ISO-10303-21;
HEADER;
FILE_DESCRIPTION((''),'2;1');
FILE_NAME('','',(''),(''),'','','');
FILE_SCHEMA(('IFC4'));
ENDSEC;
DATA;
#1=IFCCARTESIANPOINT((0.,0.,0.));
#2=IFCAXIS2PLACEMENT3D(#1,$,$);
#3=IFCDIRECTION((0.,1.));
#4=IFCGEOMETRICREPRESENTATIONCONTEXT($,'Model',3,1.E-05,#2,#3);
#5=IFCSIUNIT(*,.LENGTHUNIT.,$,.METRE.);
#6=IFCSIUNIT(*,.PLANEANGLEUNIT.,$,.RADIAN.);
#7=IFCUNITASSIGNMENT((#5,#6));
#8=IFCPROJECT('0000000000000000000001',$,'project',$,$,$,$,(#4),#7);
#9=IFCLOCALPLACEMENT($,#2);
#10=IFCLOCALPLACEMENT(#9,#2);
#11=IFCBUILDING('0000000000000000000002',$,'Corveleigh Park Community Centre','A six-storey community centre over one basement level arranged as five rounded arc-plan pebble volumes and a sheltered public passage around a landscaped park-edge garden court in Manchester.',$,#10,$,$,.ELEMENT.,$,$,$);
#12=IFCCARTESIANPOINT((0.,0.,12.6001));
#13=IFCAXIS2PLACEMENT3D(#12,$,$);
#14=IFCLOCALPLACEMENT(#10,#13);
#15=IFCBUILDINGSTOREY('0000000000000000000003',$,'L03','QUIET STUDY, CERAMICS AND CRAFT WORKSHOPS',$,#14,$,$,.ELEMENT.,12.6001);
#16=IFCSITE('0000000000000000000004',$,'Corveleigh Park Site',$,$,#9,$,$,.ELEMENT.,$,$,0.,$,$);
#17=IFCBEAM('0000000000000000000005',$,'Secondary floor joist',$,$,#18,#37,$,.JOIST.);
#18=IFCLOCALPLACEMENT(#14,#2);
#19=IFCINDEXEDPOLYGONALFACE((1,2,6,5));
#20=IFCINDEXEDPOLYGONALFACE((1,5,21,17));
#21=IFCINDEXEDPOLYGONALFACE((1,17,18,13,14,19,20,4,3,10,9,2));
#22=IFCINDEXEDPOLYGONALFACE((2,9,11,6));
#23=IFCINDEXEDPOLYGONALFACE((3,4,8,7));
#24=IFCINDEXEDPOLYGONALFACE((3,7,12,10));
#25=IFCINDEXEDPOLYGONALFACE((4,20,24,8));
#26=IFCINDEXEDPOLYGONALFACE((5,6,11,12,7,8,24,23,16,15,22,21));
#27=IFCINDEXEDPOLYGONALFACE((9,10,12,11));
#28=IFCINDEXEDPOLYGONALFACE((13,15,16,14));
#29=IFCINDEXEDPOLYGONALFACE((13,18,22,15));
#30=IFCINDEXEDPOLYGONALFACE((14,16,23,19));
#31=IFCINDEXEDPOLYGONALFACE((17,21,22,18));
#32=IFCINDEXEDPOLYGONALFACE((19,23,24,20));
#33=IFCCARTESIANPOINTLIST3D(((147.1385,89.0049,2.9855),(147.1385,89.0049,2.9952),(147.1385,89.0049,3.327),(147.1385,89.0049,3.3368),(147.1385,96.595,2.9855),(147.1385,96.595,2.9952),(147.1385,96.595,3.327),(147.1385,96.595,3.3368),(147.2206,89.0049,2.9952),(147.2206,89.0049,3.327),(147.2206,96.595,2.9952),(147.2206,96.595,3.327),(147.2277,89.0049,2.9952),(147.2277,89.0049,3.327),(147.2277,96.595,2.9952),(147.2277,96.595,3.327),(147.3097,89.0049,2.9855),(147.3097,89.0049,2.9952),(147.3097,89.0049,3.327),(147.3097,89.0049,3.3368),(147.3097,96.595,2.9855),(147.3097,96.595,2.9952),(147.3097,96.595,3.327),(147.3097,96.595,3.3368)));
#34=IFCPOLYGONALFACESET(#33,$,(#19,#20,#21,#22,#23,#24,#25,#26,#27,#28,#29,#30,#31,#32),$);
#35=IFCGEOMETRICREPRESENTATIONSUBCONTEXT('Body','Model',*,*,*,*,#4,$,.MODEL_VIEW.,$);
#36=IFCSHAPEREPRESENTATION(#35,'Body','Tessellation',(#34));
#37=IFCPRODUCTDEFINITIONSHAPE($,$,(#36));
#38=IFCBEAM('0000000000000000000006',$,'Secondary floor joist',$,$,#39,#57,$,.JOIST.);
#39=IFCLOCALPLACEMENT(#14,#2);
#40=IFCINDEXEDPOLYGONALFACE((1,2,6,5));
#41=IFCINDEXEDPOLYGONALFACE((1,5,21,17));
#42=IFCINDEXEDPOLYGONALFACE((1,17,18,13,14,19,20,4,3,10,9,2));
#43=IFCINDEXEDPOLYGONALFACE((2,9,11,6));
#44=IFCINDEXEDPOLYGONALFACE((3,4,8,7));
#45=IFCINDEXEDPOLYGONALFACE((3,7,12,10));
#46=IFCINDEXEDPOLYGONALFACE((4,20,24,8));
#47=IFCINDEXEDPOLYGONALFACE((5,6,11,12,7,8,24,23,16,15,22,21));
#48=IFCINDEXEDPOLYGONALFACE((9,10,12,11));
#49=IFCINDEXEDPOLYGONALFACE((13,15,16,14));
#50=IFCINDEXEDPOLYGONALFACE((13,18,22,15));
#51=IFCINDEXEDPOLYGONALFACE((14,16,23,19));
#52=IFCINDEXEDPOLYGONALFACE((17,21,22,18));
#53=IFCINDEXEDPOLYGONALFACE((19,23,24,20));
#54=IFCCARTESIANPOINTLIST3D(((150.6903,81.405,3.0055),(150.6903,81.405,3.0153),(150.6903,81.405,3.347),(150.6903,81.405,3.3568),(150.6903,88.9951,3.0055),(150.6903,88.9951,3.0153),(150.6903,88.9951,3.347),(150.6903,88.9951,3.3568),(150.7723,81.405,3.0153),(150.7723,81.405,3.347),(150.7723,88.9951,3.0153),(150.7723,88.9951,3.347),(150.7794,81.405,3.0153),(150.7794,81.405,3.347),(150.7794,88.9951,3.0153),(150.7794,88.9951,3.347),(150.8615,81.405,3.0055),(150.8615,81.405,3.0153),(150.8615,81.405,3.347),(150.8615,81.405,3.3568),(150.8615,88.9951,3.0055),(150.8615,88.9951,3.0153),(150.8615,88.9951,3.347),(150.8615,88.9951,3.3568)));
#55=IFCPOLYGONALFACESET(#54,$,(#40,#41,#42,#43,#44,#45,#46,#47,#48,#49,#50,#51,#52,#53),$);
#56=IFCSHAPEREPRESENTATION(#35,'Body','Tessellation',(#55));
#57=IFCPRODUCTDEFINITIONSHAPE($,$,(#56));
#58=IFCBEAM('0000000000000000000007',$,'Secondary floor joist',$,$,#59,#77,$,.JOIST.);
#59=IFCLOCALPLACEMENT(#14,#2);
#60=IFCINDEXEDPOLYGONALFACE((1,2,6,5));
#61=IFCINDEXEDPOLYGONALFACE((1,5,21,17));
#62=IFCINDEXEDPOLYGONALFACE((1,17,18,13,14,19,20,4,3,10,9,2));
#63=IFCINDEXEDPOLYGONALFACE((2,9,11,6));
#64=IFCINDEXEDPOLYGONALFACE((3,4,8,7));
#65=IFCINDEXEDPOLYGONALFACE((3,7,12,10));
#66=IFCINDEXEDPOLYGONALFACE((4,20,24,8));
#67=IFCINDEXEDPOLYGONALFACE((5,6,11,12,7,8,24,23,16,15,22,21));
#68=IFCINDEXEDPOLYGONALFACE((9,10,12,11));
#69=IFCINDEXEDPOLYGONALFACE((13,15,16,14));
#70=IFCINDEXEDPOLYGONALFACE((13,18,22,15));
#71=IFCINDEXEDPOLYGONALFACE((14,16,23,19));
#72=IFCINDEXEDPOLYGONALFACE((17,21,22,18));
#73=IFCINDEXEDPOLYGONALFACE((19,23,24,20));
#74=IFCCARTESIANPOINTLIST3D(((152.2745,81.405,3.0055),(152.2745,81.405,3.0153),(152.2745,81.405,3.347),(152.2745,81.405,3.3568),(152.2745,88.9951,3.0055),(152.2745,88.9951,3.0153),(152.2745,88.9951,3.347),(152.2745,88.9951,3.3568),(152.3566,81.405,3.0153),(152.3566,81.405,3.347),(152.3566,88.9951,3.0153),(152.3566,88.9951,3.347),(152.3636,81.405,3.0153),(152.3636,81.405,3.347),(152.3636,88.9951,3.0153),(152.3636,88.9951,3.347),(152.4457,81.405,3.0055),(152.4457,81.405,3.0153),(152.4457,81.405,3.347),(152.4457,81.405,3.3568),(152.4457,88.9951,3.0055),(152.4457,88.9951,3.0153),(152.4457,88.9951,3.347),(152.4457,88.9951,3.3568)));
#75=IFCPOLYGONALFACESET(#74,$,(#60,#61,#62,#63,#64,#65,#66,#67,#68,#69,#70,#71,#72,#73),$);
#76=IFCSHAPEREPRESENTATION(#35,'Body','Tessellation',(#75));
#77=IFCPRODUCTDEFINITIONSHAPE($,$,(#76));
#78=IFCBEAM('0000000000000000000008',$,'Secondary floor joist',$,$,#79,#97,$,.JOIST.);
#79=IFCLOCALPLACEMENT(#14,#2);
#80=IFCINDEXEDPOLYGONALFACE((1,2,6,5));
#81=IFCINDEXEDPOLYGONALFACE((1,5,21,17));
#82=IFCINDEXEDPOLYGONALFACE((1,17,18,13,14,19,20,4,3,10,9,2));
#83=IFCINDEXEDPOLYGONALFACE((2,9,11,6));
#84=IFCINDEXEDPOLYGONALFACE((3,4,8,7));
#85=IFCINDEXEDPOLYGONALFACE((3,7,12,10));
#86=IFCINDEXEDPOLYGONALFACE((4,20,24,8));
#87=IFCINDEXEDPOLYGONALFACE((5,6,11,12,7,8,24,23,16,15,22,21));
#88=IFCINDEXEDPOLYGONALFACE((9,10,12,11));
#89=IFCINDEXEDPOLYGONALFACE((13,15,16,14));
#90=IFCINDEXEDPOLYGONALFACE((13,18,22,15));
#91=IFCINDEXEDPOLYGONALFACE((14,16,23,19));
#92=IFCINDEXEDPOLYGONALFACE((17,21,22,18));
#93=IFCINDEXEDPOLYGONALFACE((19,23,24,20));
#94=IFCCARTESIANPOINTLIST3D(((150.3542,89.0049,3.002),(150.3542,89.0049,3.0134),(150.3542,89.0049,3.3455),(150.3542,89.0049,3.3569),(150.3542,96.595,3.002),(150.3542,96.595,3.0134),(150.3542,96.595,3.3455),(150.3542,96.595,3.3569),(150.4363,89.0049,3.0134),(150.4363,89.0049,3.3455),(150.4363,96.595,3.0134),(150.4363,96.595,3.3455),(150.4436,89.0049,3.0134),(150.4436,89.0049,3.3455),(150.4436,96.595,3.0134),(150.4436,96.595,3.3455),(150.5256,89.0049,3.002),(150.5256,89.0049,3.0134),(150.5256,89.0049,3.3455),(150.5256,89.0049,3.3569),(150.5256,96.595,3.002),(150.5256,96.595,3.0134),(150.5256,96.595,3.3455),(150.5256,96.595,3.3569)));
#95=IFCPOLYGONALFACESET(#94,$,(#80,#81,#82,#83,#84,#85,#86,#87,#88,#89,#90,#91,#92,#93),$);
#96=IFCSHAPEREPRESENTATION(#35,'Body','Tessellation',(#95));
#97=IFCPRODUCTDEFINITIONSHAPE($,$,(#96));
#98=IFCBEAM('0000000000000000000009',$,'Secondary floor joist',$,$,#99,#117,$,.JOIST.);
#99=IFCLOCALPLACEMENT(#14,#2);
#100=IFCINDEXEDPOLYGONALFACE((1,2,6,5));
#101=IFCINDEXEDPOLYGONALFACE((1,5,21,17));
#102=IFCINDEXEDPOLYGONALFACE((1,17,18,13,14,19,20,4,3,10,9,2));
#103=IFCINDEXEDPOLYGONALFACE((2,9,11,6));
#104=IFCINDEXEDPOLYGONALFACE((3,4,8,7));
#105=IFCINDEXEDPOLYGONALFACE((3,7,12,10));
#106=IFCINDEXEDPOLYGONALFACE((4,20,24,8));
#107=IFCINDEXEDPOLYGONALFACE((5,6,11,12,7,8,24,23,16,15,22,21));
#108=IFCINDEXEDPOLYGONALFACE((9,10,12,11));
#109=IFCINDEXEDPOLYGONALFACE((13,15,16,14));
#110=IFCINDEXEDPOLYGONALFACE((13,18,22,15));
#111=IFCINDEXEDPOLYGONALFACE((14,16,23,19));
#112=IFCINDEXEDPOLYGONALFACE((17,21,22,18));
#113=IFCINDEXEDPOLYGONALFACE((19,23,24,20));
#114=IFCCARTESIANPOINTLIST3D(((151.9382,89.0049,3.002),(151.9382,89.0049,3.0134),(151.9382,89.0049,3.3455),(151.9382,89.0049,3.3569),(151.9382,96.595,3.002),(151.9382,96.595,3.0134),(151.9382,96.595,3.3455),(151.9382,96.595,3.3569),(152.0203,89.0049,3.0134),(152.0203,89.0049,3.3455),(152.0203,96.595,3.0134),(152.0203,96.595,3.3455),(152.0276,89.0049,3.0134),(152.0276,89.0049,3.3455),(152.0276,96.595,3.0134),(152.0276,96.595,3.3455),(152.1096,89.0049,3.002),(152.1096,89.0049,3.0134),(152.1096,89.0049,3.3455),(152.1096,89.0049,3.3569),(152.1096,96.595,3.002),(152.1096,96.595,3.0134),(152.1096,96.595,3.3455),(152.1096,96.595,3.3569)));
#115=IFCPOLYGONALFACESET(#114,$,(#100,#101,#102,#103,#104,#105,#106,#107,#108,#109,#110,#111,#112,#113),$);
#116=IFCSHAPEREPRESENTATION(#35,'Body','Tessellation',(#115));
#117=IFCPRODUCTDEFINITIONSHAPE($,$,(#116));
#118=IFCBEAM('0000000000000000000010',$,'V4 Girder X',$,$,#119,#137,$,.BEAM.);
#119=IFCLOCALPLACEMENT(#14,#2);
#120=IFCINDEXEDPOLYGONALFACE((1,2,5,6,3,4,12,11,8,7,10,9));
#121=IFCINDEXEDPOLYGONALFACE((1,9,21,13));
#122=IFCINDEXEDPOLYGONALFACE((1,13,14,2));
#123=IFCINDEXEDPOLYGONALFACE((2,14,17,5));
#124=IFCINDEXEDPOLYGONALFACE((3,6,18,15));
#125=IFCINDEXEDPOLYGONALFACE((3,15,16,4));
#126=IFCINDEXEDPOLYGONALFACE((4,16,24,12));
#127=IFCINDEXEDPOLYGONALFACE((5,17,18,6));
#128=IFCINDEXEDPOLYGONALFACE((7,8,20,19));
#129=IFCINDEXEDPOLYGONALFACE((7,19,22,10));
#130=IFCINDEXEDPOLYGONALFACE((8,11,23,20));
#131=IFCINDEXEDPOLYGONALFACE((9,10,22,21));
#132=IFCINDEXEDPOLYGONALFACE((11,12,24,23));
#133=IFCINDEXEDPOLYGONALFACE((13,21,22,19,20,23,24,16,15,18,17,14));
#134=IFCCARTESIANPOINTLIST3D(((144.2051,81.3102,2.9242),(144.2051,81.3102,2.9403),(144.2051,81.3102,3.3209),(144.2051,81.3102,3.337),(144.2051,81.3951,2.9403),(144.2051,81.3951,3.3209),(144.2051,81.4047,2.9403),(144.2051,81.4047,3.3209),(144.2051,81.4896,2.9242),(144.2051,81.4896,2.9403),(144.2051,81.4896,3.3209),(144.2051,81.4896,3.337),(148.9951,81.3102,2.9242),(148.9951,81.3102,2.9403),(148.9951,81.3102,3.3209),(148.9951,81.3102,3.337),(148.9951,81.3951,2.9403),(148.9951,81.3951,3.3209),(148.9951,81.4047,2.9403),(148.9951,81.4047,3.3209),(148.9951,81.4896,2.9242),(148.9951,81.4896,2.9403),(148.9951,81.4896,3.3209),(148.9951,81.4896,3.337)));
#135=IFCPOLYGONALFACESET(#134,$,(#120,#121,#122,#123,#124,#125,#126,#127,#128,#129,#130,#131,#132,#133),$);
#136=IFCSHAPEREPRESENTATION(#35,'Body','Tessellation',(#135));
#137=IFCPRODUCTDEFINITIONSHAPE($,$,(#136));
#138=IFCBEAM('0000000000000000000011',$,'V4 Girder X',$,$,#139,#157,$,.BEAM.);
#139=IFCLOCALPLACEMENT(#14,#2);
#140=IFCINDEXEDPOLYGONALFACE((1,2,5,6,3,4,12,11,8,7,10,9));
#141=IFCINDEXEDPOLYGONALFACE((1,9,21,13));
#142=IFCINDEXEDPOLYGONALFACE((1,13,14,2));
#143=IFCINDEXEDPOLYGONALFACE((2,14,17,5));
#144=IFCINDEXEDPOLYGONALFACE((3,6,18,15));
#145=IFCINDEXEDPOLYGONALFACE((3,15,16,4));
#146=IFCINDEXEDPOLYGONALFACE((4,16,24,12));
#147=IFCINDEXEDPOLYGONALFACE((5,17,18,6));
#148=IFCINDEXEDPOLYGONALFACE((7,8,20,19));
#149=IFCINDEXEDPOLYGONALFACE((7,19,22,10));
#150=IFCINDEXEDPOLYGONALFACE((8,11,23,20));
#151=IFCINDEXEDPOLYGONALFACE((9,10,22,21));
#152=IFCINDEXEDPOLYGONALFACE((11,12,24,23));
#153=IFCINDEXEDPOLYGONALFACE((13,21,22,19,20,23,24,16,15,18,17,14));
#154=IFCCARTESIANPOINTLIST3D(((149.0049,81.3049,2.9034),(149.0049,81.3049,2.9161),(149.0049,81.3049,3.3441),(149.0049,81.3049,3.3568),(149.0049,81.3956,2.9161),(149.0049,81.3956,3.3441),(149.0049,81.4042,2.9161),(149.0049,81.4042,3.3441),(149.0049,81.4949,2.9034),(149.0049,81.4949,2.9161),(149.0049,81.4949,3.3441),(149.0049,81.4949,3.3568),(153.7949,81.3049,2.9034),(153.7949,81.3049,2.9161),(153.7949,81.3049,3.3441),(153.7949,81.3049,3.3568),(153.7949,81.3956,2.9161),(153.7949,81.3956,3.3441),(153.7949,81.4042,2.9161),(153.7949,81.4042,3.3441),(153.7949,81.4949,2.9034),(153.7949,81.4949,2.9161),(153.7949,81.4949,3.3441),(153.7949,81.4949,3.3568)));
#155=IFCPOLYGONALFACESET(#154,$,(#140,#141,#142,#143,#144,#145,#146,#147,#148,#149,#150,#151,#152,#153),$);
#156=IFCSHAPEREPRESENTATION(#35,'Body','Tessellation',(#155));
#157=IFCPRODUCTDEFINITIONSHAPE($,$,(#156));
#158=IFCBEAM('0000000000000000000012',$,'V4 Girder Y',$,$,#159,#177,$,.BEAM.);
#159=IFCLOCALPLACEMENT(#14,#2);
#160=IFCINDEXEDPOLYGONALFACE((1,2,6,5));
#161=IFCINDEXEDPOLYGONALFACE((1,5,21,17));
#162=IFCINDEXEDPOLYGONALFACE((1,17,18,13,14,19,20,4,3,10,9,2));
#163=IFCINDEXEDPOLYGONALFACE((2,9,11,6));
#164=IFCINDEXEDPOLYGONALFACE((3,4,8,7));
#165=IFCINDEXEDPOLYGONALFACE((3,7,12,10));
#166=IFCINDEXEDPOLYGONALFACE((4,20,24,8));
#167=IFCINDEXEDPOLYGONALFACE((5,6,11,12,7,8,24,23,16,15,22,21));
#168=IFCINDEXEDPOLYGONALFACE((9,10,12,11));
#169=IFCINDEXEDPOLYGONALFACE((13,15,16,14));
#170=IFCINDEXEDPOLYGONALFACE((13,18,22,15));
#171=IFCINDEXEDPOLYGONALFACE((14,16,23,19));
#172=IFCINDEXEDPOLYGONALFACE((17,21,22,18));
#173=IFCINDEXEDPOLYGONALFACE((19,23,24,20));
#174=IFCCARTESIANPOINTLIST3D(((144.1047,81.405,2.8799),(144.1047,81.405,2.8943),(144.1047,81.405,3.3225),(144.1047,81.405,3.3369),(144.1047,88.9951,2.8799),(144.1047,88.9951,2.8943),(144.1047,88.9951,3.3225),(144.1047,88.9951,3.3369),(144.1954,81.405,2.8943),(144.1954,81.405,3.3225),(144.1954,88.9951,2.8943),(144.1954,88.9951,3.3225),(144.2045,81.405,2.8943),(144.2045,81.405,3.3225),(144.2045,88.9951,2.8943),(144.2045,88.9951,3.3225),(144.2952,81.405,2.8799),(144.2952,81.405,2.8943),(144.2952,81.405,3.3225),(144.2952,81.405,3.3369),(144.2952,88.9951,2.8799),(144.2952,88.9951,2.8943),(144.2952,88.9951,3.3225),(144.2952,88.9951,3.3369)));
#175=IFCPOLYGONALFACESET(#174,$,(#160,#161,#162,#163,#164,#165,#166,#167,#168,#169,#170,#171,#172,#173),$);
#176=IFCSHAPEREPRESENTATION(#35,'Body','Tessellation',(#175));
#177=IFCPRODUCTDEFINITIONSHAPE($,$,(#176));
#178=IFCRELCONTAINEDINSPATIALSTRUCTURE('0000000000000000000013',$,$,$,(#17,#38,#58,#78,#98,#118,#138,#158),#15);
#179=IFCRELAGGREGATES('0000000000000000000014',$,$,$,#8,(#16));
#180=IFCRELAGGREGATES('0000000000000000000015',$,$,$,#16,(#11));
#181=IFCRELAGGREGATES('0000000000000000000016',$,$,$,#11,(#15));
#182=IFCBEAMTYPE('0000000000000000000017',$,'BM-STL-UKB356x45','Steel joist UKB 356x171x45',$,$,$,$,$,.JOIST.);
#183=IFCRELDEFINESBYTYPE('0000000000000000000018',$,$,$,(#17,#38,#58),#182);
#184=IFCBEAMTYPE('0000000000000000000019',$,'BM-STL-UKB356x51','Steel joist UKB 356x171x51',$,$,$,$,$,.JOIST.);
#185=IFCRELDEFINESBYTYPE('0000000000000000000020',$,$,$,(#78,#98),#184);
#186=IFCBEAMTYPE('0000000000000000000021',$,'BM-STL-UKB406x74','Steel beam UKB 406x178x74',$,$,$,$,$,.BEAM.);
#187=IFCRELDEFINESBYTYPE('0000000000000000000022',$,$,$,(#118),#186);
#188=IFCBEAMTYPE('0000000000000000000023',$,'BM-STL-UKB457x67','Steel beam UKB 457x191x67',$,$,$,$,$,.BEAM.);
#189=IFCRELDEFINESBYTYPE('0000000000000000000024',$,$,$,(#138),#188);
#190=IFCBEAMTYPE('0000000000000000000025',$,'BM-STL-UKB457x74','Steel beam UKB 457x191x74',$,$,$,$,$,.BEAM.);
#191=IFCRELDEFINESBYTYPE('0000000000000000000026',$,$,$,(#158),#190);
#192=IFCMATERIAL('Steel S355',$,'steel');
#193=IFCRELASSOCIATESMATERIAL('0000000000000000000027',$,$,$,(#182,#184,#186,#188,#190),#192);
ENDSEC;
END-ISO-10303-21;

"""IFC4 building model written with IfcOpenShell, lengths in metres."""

from ifc_helpers import new_model, si_unit, direction, frame, origin, origin_2d, place, context, subcontext, project, spatial, i_section, extrude, material, material_profile, profile_set, type_object, element, save


model = new_model("IFC4")

# Units and contexts
model_context = context("Model", 3, precision=1e-05, world=origin(), true_north=direction((0.0, 1.0)))
body_context = subcontext(model_context, "Body", "Model", "MODEL_VIEW")
ifc_project = project(units=[si_unit("LENGTHUNIT", "METRE"), si_unit("PLANEANGLEUNIT", "RADIAN")], contexts=[model_context])

# Site, building, storey
site_placement = place(None, origin())
site = spatial("IfcSite", under=ifc_project, at=site_placement, Name="Corveleigh Park Site", CompositionType="ELEMENT", RefElevation=0.0)
building_placement = place(site_placement, origin())
building = spatial("IfcBuilding", under=site, at=building_placement, Name="Corveleigh Park Community Centre", Description="A six-storey community centre over one basement level arranged as five rounded arc-plan pebble volumes and a sheltered public passage around a landscaped park-edge garden court in Manchester.", CompositionType="ELEMENT")
storey_placement = place(building_placement, frame((0.0, 0.0, 12.6001)))
storey = spatial("IfcBuildingStorey", under=building, at=storey_placement, Name="L03", Description="QUIET STUDY, CERAMICS AND CRAFT WORKSHOPS", CompositionType="ELEMENT", Elevation=12.6001)

# Shared definitions
ifc_material_1 = material(Name="Steel S355", Category="steel")

# Beams
ifc_material_profile_1 = material_profile(ifc_material_1, i_section(OverallWidth=0.1711, OverallDepth=0.3513, WebThickness=0.0071, FlangeThickness=0.0098, at=origin_2d()), Name="UKB 356x171x45", Category="steel")
ifc_profile_set_1 = profile_set([ifc_material_profile_1], Name="Steel S355")
beam_type_1 = type_object("IfcBeamType", Name="BM-STL-UKB356x45", Description="Steel joist UKB 356x171x45", PredefinedType="JOIST", material=ifc_profile_set_1)
for number, where, z_axis, x_axis, name in (
    (1, (147.2241, 89.0049, 3.1611), (0.0, 1.0, 0.0), (-1.0, 0.0, 0.0), "Secondary floor joist"),
    (2, (150.7759, 81.405, 3.1812), (0.0, 1.0, 0.0), (-1.0, 0.0, 0.0), "Secondary floor joist"),
    (3, (152.3601, 81.405, 3.1812), (0.0, 1.0, 0.0), (-1.0, 0.0, 0.0), "Secondary floor joist"),
):
    element("IfcBeam", number, at=place(storey_placement, frame(where, z_axis=z_axis, x_axis=x_axis)), inside=storey, type_object=beam_type_1, Name=name, PredefinedType="JOIST", context=body_context, shape_type="SweptSolid", body=[
        extrude(i_section(OverallWidth=0.1711, OverallDepth=0.3513, WebThickness=0.0071, FlangeThickness=0.0098, at=origin_2d()), origin(), (0.0, 0.0, 1.0), 7.5901),
    ])
ifc_material_profile_2 = material_profile(ifc_material_1, i_section(OverallWidth=0.1714, OverallDepth=0.355, WebThickness=0.0073, FlangeThickness=0.0115, at=origin_2d()), Name="UKB 356x171x51", Category="steel")
ifc_profile_set_2 = profile_set([ifc_material_profile_2], Name="Steel S355")
beam_type_2 = type_object("IfcBeamType", Name="BM-STL-UKB356x51", Description="Steel joist UKB 356x171x51", PredefinedType="JOIST", material=ifc_profile_set_2)
for number, where, z_axis, x_axis, name in (
    (4, (150.4399, 89.0049, 3.1794), (0.0, 1.0, 0.0), (-1.0, 0.0, 0.0), "Secondary floor joist"),
    (5, (152.0239, 89.0049, 3.1794), (0.0, 1.0, 0.0), (-1.0, 0.0, 0.0), "Secondary floor joist"),
):
    element("IfcBeam", number, at=place(storey_placement, frame(where, z_axis=z_axis, x_axis=x_axis)), inside=storey, type_object=beam_type_2, Name=name, PredefinedType="JOIST", context=body_context, shape_type="SweptSolid", body=[
        extrude(i_section(OverallWidth=0.1714, OverallDepth=0.355, WebThickness=0.0073, FlangeThickness=0.0115, at=origin_2d()), origin(), (0.0, 0.0, 1.0), 7.5901),
    ])
ifc_material_profile_3 = material_profile(ifc_material_1, i_section(OverallWidth=0.1794, OverallDepth=0.4128, WebThickness=0.0095, FlangeThickness=0.0161, at=origin_2d()), Name="UKB 406x178x74", Category="steel")
ifc_profile_set_3 = profile_set([ifc_material_profile_3], Name="Steel S355")
beam_type_3 = type_object("IfcBeamType", Name="BM-STL-UKB406x74", Description="Steel beam UKB 406x178x74", PredefinedType="BEAM", material=ifc_profile_set_3)
beam_1_placement = place(storey_placement, frame((144.2051, 81.3999, 3.1306), z_axis=(1.0, 0.0, 0.0), x_axis=(0.0, 1.0, 0.0)))
element("IfcBeam", 6, at=beam_1_placement, inside=storey, type_object=beam_type_3, Name="V4 Girder X", PredefinedType="BEAM", context=body_context, shape_type="SweptSolid", body=[
    extrude(i_section(OverallWidth=0.1794, OverallDepth=0.4128, WebThickness=0.0095, FlangeThickness=0.0161, at=origin_2d()), origin(), (0.0, 0.0, 1.0), 4.79),
])
ifc_material_profile_4 = material_profile(ifc_material_1, i_section(OverallWidth=0.1899, OverallDepth=0.4534, WebThickness=0.0085, FlangeThickness=0.0127, at=origin_2d()), Name="UKB 457x191x67", Category="steel")
ifc_profile_set_4 = profile_set([ifc_material_profile_4], Name="Steel S355")
beam_type_4 = type_object("IfcBeamType", Name="BM-STL-UKB457x67", Description="Steel beam UKB 457x191x67", PredefinedType="BEAM", material=ifc_profile_set_4)
beam_2_placement = place(storey_placement, frame((149.0049, 81.3999, 3.1301), z_axis=(1.0, 0.0, 0.0), x_axis=(0.0, 1.0, 0.0)))
element("IfcBeam", 7, at=beam_2_placement, inside=storey, type_object=beam_type_4, Name="V4 Girder X", PredefinedType="BEAM", context=body_context, shape_type="SweptSolid", body=[
    extrude(i_section(OverallWidth=0.1899, OverallDepth=0.4534, WebThickness=0.0085, FlangeThickness=0.0127, at=origin_2d()), origin(), (0.0, 0.0, 1.0), 4.79),
])
ifc_material_profile_5 = material_profile(ifc_material_1, i_section(OverallWidth=0.1904, OverallDepth=0.457, WebThickness=0.009, FlangeThickness=0.0144, at=origin_2d()), Name="UKB 457x191x74", Category="steel")
ifc_profile_set_5 = profile_set([ifc_material_profile_5], Name="Steel S355")
beam_type_5 = type_object("IfcBeamType", Name="BM-STL-UKB457x74", Description="Steel beam UKB 457x191x74", PredefinedType="BEAM", material=ifc_profile_set_5)
beam_3_placement = place(storey_placement, frame((144.2, 81.405, 3.1084), z_axis=(0.0, 1.0, 0.0), x_axis=(-1.0, 0.0, 0.0)))
element("IfcBeam", 8, at=beam_3_placement, inside=storey, type_object=beam_type_5, Name="V4 Girder Y", PredefinedType="BEAM", context=body_context, shape_type="SweptSolid", body=[
    extrude(i_section(OverallWidth=0.1904, OverallDepth=0.457, WebThickness=0.009, FlangeThickness=0.0144, at=origin_2d()), origin(), (0.0, 0.0, 1.0), 7.5901),
])

save(model, "model.ifc")
